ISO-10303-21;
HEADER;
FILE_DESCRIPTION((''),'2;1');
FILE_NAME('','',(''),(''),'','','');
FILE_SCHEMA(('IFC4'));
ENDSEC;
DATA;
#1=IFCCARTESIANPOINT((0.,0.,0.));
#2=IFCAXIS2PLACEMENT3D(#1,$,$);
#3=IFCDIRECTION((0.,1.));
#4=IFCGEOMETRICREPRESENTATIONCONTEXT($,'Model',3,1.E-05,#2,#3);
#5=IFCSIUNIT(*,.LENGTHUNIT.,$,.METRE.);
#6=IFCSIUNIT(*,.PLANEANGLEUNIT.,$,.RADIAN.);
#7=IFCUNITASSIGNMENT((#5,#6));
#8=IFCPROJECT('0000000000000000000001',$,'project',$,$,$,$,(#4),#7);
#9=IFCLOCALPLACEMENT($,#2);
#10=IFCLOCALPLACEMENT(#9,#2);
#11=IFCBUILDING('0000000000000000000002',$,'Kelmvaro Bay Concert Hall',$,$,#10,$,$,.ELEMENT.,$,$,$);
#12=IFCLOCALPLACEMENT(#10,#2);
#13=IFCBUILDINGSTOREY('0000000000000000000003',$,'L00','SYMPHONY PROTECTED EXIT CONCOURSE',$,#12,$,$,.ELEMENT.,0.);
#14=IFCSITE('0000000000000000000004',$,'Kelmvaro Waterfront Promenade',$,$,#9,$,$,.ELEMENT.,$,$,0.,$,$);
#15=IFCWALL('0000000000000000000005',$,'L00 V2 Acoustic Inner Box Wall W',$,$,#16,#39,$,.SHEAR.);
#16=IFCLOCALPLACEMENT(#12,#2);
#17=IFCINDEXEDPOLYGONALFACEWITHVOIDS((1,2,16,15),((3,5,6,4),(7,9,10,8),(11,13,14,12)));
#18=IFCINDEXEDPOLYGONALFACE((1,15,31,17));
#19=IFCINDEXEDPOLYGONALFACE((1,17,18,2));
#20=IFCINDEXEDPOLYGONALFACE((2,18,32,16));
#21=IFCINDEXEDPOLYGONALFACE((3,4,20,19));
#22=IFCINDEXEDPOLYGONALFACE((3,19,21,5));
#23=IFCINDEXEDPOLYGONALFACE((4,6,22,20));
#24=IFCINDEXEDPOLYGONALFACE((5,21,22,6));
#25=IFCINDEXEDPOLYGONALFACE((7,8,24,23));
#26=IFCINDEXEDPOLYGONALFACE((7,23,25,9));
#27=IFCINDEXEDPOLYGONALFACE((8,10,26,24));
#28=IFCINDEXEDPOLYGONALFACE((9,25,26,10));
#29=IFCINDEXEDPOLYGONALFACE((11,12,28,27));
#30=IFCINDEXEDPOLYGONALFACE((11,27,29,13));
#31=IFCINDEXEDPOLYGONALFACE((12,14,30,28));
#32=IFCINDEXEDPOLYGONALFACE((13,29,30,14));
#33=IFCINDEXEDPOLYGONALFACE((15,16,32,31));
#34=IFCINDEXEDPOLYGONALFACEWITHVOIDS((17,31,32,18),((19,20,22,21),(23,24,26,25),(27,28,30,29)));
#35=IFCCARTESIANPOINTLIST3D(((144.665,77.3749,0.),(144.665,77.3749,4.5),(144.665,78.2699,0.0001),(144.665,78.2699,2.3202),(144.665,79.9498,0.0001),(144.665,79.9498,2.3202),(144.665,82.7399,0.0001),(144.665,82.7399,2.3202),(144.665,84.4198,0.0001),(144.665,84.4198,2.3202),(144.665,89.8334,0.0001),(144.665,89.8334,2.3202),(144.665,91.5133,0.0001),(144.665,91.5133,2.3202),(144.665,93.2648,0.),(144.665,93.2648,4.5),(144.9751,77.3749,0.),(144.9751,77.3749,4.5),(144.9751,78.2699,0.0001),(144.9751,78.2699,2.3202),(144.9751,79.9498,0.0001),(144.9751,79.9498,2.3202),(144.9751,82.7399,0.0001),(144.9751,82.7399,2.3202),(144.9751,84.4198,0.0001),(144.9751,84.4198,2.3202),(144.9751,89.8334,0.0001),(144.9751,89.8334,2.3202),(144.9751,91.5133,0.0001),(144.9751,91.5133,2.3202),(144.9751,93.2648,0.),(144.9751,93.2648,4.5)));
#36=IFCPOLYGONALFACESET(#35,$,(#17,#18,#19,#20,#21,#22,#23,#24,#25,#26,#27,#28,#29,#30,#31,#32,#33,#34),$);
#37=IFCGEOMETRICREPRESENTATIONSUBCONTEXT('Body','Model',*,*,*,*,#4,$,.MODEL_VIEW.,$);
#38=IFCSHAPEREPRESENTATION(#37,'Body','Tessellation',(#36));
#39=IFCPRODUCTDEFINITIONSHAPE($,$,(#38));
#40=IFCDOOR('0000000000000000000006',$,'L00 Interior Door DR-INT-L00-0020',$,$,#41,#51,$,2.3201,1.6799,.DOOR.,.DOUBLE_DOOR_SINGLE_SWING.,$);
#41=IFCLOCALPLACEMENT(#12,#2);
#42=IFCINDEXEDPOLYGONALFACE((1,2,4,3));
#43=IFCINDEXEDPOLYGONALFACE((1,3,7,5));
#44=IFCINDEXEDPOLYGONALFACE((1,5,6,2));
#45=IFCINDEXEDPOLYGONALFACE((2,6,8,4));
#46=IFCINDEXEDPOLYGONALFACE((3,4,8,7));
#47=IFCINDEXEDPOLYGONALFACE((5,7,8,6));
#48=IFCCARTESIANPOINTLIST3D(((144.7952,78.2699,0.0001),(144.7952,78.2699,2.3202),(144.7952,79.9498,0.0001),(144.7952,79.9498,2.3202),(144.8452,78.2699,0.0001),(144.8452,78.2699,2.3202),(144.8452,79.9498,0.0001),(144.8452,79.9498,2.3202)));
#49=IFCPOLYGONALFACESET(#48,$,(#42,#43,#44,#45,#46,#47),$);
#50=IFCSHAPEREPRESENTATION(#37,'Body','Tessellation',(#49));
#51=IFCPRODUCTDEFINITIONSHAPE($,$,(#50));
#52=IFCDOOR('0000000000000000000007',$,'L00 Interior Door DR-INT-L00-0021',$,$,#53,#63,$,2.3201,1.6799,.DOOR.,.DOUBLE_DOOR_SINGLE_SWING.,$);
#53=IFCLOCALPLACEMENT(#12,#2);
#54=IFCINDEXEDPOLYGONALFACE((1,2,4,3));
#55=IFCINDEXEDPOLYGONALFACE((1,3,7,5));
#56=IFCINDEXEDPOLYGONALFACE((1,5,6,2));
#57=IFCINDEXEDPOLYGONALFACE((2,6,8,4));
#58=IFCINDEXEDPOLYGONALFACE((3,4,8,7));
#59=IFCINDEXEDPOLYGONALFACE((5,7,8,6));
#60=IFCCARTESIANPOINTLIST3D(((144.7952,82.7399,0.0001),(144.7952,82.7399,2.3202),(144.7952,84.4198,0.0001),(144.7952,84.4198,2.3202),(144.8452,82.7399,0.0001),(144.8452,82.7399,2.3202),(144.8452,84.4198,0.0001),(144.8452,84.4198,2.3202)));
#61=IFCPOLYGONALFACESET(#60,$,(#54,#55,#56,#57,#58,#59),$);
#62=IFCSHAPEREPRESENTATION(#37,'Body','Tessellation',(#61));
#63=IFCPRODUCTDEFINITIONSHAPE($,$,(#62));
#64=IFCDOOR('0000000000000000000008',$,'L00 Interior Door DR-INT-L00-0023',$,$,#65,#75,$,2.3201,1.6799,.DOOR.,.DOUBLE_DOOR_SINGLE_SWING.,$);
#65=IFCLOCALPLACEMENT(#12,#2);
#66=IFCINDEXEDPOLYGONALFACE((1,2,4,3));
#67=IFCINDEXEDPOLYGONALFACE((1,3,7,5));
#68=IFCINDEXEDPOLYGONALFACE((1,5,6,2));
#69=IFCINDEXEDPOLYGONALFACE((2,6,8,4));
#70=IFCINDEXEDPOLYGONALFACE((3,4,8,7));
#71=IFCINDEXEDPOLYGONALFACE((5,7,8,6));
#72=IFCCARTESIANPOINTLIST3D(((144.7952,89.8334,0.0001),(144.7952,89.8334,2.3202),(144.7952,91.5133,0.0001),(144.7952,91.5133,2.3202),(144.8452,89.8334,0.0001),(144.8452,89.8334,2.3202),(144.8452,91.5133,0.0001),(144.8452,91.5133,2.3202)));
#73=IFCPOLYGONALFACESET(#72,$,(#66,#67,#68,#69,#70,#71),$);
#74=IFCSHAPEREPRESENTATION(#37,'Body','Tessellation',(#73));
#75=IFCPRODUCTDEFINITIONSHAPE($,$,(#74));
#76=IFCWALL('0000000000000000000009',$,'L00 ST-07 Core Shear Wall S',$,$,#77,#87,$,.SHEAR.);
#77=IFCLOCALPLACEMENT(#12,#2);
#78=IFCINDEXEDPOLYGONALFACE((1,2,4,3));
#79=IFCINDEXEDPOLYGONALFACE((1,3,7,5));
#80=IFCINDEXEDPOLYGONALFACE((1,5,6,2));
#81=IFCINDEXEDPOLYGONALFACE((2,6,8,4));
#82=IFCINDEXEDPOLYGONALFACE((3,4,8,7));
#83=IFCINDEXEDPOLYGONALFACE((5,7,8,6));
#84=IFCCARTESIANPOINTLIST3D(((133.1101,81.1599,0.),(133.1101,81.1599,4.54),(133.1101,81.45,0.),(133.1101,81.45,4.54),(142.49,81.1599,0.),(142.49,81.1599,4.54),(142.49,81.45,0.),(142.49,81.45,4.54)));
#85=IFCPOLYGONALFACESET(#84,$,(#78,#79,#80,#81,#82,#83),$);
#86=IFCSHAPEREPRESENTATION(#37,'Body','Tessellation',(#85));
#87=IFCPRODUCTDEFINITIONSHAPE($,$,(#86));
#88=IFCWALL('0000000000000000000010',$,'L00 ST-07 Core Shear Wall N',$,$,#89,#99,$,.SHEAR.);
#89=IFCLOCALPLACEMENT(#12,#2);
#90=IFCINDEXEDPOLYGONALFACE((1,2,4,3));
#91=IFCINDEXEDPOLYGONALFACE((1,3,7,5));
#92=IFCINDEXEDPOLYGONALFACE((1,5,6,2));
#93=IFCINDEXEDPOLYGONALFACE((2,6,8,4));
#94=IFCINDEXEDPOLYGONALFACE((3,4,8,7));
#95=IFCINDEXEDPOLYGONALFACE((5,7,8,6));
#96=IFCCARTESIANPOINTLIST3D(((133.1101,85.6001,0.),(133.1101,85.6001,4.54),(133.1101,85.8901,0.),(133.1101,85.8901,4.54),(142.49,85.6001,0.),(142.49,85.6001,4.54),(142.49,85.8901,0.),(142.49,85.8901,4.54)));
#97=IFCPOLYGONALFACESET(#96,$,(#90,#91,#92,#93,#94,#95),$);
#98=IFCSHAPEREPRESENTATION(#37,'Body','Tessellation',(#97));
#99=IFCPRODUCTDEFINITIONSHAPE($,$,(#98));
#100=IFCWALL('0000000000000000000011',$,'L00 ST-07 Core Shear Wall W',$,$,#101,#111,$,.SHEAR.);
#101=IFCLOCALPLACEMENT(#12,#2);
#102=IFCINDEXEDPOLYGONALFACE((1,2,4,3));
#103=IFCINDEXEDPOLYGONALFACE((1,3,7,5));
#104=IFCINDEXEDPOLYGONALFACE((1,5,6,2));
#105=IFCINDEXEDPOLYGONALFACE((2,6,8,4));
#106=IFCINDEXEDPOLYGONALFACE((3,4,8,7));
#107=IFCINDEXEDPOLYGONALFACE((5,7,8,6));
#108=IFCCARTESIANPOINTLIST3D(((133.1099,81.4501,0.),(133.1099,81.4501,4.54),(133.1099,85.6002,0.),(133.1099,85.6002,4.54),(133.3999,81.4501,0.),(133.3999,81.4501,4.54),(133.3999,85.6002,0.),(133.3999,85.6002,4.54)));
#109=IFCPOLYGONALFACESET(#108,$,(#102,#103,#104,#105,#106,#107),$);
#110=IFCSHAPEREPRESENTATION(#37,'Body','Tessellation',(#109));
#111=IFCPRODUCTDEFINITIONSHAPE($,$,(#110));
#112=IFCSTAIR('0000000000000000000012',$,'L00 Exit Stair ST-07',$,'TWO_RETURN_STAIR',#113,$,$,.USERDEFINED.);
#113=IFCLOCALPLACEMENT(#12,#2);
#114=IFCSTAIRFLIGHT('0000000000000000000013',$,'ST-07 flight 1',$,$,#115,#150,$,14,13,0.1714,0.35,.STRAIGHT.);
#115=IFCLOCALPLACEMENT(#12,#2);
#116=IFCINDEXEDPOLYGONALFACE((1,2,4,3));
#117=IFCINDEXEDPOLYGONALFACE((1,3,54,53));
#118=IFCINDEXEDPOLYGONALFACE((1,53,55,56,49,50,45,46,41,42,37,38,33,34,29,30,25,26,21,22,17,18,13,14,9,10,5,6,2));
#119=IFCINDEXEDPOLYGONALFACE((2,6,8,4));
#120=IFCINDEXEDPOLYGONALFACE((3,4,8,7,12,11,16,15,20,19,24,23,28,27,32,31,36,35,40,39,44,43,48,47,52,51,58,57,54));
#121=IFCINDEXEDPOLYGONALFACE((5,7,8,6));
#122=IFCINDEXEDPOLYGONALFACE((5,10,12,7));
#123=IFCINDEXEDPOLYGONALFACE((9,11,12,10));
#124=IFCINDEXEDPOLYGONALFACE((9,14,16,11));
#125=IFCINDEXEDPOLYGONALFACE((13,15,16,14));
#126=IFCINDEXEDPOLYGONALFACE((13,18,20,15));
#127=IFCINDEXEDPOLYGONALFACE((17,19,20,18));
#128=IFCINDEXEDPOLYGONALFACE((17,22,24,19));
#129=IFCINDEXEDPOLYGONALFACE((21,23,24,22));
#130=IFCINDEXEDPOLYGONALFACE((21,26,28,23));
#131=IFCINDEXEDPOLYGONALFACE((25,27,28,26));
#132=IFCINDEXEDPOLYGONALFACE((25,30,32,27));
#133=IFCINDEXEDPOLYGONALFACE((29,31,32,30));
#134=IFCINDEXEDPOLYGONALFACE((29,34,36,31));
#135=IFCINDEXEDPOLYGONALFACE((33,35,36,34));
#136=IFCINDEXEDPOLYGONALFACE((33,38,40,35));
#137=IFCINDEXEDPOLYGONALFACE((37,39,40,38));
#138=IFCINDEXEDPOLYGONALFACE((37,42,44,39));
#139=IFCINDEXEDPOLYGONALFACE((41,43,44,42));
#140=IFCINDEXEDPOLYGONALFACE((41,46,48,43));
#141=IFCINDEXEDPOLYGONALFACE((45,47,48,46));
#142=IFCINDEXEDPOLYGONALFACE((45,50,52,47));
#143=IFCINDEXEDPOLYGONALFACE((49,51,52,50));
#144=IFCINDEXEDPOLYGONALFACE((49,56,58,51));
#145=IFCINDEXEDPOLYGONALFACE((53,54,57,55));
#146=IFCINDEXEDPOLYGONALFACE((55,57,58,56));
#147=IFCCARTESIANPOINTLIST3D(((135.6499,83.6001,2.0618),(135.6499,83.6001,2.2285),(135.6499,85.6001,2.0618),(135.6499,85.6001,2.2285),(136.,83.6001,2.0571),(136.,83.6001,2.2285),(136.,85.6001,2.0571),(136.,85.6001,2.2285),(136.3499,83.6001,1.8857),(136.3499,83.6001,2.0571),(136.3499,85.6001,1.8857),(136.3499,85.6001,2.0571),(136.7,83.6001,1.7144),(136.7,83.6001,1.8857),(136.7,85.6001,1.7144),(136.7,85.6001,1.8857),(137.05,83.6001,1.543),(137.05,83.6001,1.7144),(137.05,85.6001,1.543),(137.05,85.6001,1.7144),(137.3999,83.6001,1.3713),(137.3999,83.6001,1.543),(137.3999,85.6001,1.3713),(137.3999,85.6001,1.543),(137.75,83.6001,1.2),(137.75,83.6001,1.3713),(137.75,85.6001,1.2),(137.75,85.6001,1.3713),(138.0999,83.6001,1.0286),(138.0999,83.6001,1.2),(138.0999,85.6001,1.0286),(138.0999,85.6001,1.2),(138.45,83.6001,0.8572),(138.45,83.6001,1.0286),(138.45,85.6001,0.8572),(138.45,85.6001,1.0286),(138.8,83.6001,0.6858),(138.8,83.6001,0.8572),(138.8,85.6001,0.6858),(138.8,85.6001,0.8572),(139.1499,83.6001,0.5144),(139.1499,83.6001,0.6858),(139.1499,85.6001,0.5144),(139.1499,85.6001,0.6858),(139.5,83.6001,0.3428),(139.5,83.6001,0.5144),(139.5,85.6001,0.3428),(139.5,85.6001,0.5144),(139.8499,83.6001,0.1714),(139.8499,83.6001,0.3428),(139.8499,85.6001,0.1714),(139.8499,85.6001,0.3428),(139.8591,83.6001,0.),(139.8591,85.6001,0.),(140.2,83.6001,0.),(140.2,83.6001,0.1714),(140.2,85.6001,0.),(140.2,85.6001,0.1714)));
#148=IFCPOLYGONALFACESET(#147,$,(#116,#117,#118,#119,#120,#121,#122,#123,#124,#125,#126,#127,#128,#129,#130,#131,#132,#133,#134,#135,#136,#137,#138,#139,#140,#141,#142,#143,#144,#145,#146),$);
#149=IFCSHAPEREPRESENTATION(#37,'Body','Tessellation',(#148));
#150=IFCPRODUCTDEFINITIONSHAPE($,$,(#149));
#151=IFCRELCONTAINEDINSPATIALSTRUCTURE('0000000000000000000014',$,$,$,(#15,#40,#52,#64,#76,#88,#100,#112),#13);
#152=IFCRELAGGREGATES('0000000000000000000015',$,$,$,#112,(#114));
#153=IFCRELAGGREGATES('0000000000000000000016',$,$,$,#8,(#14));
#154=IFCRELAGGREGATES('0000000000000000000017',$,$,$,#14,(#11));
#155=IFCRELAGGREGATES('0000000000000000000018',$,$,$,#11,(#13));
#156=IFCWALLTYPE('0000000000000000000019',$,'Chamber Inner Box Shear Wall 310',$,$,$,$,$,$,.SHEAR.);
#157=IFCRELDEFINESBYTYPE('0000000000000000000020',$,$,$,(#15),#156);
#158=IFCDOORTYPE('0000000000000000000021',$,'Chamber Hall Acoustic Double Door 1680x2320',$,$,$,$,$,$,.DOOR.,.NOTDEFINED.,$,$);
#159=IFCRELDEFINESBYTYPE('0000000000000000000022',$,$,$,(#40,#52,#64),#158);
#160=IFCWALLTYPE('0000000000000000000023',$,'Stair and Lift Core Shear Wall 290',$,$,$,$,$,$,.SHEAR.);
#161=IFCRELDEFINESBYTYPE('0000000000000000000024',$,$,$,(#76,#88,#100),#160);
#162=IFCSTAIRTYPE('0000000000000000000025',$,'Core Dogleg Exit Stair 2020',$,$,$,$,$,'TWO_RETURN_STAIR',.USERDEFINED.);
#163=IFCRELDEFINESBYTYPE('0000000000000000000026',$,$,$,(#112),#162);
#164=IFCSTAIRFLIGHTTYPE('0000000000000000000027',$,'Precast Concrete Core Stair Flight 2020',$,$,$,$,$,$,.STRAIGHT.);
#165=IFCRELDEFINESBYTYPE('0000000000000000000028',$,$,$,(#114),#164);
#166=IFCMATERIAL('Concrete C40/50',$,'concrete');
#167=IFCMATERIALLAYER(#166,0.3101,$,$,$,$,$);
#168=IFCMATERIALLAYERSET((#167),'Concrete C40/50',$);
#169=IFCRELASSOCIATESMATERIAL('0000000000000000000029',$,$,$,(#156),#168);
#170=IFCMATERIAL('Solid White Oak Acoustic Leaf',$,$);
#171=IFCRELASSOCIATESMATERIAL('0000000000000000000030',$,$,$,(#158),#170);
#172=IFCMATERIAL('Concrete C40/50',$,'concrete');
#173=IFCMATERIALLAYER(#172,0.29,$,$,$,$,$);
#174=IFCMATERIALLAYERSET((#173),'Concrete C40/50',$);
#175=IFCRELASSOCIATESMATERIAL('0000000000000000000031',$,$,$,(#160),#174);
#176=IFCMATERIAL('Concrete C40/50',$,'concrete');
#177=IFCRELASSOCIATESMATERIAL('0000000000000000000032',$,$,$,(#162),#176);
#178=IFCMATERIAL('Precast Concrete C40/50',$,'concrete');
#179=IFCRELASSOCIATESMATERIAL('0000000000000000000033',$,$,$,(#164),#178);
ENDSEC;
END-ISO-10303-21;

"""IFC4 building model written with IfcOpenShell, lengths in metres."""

from ifc_helpers import new_model, si_unit, direction, frame, frame_2d, origin, place, context, subcontext, project, spatial, polyline, rectangle, outline, extrude, material, layer, layer_set, type_object, element, fill, aggregate, save


model = new_model("IFC4")

# Units and contexts
model_context = context("Model", 3, precision=1e-05, world=origin(), true_north=direction((0.0, 1.0)))
body_context = subcontext(model_context, "Body", "Model", "MODEL_VIEW")
ifc_project = project(units=[si_unit("LENGTHUNIT", "METRE"), si_unit("PLANEANGLEUNIT", "RADIAN")], contexts=[model_context])

# Site, building, storey
site_placement = place(None, origin())
site = spatial("IfcSite", under=ifc_project, at=site_placement, Name="Kelmvaro Waterfront Promenade", CompositionType="ELEMENT", RefElevation=0.0)
building_placement = place(site_placement, origin())
building = spatial("IfcBuilding", under=site, at=building_placement, Name="Kelmvaro Bay Concert Hall", CompositionType="ELEMENT")
storey_placement = place(building_placement, origin())
storey = spatial("IfcBuildingStorey", under=building, at=storey_placement, Name="L00", Description="SYMPHONY PROTECTED EXIT CONCOURSE", CompositionType="ELEMENT", Elevation=0.0)

# Shared definitions
ifc_material_1 = material(Name="Concrete C40/50", Category="concrete")
ifc_layer_1 = layer(ifc_material_1, 0.3101)
ifc_layer_set_1 = layer_set([ifc_layer_1], Name="Concrete C40/50")
wall_type_1 = type_object("IfcWallType", Name="Chamber Inner Box Shear Wall 310", PredefinedType="SHEAR", material=ifc_layer_set_1)

# Wall, openings, doors
wall_1_placement = place(storey_placement, frame((144.8201, 77.375, 0.0), z_axis=(0.0, 0.0, 1.0), x_axis=(0.0, 1.0, 0.0)))
wall_1 = element("IfcWall", 1, at=wall_1_placement, inside=storey, type_object=wall_type_1, Name="L00 V2 Acoustic Inner Box Wall W", PredefinedType="SHEAR", context=body_context, shape_type="SweptSolid", body=[
    extrude(rectangle(XDim=15.8899, YDim=0.3101, at=frame_2d((7.9448, 0.0))), origin(), (0.0, 0.0, 1.0), 4.5),
])
opening_1_placement = place(wall_1_placement, frame((0.895, 0.0, 0.0)))
opening_1 = element("IfcOpeningElement", 2, at=opening_1_placement, cuts=wall_1, PredefinedType="OPENING", context=body_context, shape_type="SweptSolid", body=[
    extrude(rectangle(XDim=1.6799, YDim=2.3201, at=frame_2d((0.8398, 1.1602))), frame((0.0, 0.165, 0.0), z_axis=(0.0, -1.0, 0.0), x_axis=(1.0, 0.0, 0.0)), (0.0, 0.0, 1.0), 0.3301),
])
opening_2_placement = place(wall_1_placement, frame((5.365, 0.0, 0.0)))
opening_2 = element("IfcOpeningElement", 3, at=opening_2_placement, cuts=wall_1, PredefinedType="OPENING", context=body_context, shape_type="SweptSolid", body=[
    extrude(rectangle(XDim=1.6799, YDim=2.3201, at=frame_2d((0.8398, 1.1602))), frame((0.0, 0.165, 0.0), z_axis=(0.0, -1.0, 0.0), x_axis=(1.0, 0.0, 0.0)), (0.0, 0.0, 1.0), 0.3301),
])
opening_3_placement = place(wall_1_placement, frame((12.4585, 0.0, 0.0)))
opening_3 = element("IfcOpeningElement", 4, at=opening_3_placement, cuts=wall_1, PredefinedType="OPENING", context=body_context, shape_type="SweptSolid", body=[
    extrude(rectangle(XDim=1.6799, YDim=2.3201, at=frame_2d((0.8398, 1.1602))), frame((0.0, 0.165, 0.0), z_axis=(0.0, -1.0, 0.0), x_axis=(1.0, 0.0, 0.0)), (0.0, 0.0, 1.0), 0.3301),
])
ifc_material_2 = material(Name="Solid White Oak Acoustic Leaf")
door_type_1 = type_object("IfcDoorType", Name="Chamber Hall Acoustic Double Door 1680x2320", OperationType="NOTDEFINED", PredefinedType="DOOR", material=ifc_material_2)
door_1_placement = place(opening_1_placement, origin())
door_1 = element("IfcDoor", 5, at=door_1_placement, inside=storey, type_object=door_type_1, Name="L00 Interior Door DR-INT-L00-0020", OperationType="DOUBLE_DOOR_SINGLE_SWING", OverallHeight=2.3201, OverallWidth=1.6799, PredefinedType="DOOR", context=body_context, shape_type="SweptSolid", body=[
    extrude(rectangle(XDim=1.6799, YDim=2.3201, at=frame_2d((0.8398, 1.1602))), frame((0.0, 0.0249, 0.0), z_axis=(0.0, -1.0, 0.0), x_axis=(1.0, 0.0, 0.0)), (0.0, 0.0, 1.0), 0.05),
])
fill(opening_1, door_1)
door_2_placement = place(opening_2_placement, origin())
door_2 = element("IfcDoor", 6, at=door_2_placement, inside=storey, type_object=door_type_1, Name="L00 Interior Door DR-INT-L00-0021", OperationType="DOUBLE_DOOR_SINGLE_SWING", OverallHeight=2.3201, OverallWidth=1.6799, PredefinedType="DOOR", context=body_context, shape_type="SweptSolid", body=[
    extrude(rectangle(XDim=1.6799, YDim=2.3201, at=frame_2d((0.8398, 1.1602))), frame((0.0, 0.0249, 0.0), z_axis=(0.0, -1.0, 0.0), x_axis=(1.0, 0.0, 0.0)), (0.0, 0.0, 1.0), 0.05),
])
fill(opening_2, door_2)
door_3_placement = place(opening_3_placement, origin())
door_3 = element("IfcDoor", 7, at=door_3_placement, inside=storey, type_object=door_type_1, Name="L00 Interior Door DR-INT-L00-0023", OperationType="DOUBLE_DOOR_SINGLE_SWING", OverallHeight=2.3201, OverallWidth=1.6799, PredefinedType="DOOR", context=body_context, shape_type="SweptSolid", body=[
    extrude(rectangle(XDim=1.6799, YDim=2.3201, at=frame_2d((0.8398, 1.1602))), frame((0.0, 0.0249, 0.0), z_axis=(0.0, -1.0, 0.0), x_axis=(1.0, 0.0, 0.0)), (0.0, 0.0, 1.0), 0.05),
])
fill(opening_3, door_3)

# Walls
ifc_material_3 = material(Name="Concrete C40/50", Category="concrete")
ifc_layer_2 = layer(ifc_material_3, 0.29)
ifc_layer_set_2 = layer_set([ifc_layer_2], Name="Concrete C40/50")
wall_type_2 = type_object("IfcWallType", Name="Stair and Lift Core Shear Wall 290", PredefinedType="SHEAR", material=ifc_layer_set_2)
for number, where, z_axis, x_axis, name in (
    (8, (133.1101, 81.3049, 0.0), (0.0, 0.0, 1.0), (1.0, 0.0, 0.0), "L00 ST-07 Core Shear Wall S"),
    (9, (133.1101, 85.7451, 0.0), (0.0, 0.0, 1.0), (1.0, 0.0, 0.0), "L00 ST-07 Core Shear Wall N"),
):
    element("IfcWall", number, at=place(storey_placement, frame(where, z_axis=z_axis, x_axis=x_axis)), inside=storey, type_object=wall_type_2, Name=name, PredefinedType="SHEAR", context=body_context, shape_type="SweptSolid", body=[
        extrude(rectangle(XDim=9.3799, YDim=0.29, at=frame_2d((4.6899, 0.0))), origin(), (0.0, 0.0, 1.0), 4.54),
    ])
wall_2_placement = place(storey_placement, frame((133.2549, 81.45, 0.0), z_axis=(0.0, 0.0, 1.0), x_axis=(0.0, 1.0, 0.0)))
element("IfcWall", 10, at=wall_2_placement, inside=storey, type_object=wall_type_2, Name="L00 ST-07 Core Shear Wall W", PredefinedType="SHEAR", context=body_context, shape_type="SweptSolid", body=[
    extrude(rectangle(XDim=4.1501, YDim=0.29, at=frame_2d((2.0752, 0.0))), origin(), (0.0, 0.0, 1.0), 4.54),
])

# Stair, stair flight
ifc_material_4 = material(Name="Concrete C40/50", Category="concrete")
stair_type = type_object("IfcStairType", Name="Core Dogleg Exit Stair 2020", ElementType="TWO_RETURN_STAIR", PredefinedType="USERDEFINED", material=ifc_material_4)
stair_placement = place(storey_placement, origin())
stair = element("IfcStair", 11, at=stair_placement, inside=storey, type_object=stair_type, Name="L00 Exit Stair ST-07", ObjectType="TWO_RETURN_STAIR", PredefinedType="USERDEFINED")
ifc_material_5 = material(Name="Precast Concrete C40/50", Category="concrete")
stair_flight_type = type_object("IfcStairFlightType", Name="Precast Concrete Core Stair Flight 2020", PredefinedType="STRAIGHT", material=ifc_material_5)
stair_flight_1_placement = place(storey_placement, frame((140.2, 84.6001, 0.0), z_axis=(0.0, 0.0, 1.0), x_axis=(-1.0, 0.0, 0.0)))
stair_flight_1 = element("IfcStairFlight", 12, at=stair_flight_1_placement, type_object=stair_flight_type, Name="ST-07 flight 1", NumberOfRisers=14, NumberOfTreads=13, PredefinedType="STRAIGHT", RiserHeight=0.1714, TreadLength=0.35, context=body_context, shape_type="SweptSolid", body=[
    extrude(outline(polyline([(0.0, 0.0), (0.0, 0.1714), (0.3501, 0.1714), (0.3501, 0.3428), (0.7, 0.3428), (0.7, 0.5144), (1.05, 0.5144), (1.05, 0.6858), (1.3999, 0.6858), (1.3999, 0.8572), (1.75, 0.8572), (1.75, 1.0286), (2.1001, 1.0286), (2.1001, 1.2), (2.45, 1.2), (2.45, 1.3713), (2.8, 1.3713), (2.8, 1.543), (3.1499, 1.543), (3.1499, 1.7144), (3.5, 1.7144), (3.5, 1.8857), (3.8501, 1.8857), (3.8501, 2.0571), (4.2, 2.0571), (4.2, 2.2285), (4.55, 2.2285), (4.55, 2.3999), (4.55, 2.0618), (0.3408, 0.0), (0.0, 0.0)])), frame((0.0, 1.0, 0.0), z_axis=(0.0, -1.0, 0.0), x_axis=(1.0, 0.0, 0.0)), (0.0, 0.0, 1.0), 2.0),
])
aggregate(stair, [stair_flight_1])

save(model, "model.ifc")
